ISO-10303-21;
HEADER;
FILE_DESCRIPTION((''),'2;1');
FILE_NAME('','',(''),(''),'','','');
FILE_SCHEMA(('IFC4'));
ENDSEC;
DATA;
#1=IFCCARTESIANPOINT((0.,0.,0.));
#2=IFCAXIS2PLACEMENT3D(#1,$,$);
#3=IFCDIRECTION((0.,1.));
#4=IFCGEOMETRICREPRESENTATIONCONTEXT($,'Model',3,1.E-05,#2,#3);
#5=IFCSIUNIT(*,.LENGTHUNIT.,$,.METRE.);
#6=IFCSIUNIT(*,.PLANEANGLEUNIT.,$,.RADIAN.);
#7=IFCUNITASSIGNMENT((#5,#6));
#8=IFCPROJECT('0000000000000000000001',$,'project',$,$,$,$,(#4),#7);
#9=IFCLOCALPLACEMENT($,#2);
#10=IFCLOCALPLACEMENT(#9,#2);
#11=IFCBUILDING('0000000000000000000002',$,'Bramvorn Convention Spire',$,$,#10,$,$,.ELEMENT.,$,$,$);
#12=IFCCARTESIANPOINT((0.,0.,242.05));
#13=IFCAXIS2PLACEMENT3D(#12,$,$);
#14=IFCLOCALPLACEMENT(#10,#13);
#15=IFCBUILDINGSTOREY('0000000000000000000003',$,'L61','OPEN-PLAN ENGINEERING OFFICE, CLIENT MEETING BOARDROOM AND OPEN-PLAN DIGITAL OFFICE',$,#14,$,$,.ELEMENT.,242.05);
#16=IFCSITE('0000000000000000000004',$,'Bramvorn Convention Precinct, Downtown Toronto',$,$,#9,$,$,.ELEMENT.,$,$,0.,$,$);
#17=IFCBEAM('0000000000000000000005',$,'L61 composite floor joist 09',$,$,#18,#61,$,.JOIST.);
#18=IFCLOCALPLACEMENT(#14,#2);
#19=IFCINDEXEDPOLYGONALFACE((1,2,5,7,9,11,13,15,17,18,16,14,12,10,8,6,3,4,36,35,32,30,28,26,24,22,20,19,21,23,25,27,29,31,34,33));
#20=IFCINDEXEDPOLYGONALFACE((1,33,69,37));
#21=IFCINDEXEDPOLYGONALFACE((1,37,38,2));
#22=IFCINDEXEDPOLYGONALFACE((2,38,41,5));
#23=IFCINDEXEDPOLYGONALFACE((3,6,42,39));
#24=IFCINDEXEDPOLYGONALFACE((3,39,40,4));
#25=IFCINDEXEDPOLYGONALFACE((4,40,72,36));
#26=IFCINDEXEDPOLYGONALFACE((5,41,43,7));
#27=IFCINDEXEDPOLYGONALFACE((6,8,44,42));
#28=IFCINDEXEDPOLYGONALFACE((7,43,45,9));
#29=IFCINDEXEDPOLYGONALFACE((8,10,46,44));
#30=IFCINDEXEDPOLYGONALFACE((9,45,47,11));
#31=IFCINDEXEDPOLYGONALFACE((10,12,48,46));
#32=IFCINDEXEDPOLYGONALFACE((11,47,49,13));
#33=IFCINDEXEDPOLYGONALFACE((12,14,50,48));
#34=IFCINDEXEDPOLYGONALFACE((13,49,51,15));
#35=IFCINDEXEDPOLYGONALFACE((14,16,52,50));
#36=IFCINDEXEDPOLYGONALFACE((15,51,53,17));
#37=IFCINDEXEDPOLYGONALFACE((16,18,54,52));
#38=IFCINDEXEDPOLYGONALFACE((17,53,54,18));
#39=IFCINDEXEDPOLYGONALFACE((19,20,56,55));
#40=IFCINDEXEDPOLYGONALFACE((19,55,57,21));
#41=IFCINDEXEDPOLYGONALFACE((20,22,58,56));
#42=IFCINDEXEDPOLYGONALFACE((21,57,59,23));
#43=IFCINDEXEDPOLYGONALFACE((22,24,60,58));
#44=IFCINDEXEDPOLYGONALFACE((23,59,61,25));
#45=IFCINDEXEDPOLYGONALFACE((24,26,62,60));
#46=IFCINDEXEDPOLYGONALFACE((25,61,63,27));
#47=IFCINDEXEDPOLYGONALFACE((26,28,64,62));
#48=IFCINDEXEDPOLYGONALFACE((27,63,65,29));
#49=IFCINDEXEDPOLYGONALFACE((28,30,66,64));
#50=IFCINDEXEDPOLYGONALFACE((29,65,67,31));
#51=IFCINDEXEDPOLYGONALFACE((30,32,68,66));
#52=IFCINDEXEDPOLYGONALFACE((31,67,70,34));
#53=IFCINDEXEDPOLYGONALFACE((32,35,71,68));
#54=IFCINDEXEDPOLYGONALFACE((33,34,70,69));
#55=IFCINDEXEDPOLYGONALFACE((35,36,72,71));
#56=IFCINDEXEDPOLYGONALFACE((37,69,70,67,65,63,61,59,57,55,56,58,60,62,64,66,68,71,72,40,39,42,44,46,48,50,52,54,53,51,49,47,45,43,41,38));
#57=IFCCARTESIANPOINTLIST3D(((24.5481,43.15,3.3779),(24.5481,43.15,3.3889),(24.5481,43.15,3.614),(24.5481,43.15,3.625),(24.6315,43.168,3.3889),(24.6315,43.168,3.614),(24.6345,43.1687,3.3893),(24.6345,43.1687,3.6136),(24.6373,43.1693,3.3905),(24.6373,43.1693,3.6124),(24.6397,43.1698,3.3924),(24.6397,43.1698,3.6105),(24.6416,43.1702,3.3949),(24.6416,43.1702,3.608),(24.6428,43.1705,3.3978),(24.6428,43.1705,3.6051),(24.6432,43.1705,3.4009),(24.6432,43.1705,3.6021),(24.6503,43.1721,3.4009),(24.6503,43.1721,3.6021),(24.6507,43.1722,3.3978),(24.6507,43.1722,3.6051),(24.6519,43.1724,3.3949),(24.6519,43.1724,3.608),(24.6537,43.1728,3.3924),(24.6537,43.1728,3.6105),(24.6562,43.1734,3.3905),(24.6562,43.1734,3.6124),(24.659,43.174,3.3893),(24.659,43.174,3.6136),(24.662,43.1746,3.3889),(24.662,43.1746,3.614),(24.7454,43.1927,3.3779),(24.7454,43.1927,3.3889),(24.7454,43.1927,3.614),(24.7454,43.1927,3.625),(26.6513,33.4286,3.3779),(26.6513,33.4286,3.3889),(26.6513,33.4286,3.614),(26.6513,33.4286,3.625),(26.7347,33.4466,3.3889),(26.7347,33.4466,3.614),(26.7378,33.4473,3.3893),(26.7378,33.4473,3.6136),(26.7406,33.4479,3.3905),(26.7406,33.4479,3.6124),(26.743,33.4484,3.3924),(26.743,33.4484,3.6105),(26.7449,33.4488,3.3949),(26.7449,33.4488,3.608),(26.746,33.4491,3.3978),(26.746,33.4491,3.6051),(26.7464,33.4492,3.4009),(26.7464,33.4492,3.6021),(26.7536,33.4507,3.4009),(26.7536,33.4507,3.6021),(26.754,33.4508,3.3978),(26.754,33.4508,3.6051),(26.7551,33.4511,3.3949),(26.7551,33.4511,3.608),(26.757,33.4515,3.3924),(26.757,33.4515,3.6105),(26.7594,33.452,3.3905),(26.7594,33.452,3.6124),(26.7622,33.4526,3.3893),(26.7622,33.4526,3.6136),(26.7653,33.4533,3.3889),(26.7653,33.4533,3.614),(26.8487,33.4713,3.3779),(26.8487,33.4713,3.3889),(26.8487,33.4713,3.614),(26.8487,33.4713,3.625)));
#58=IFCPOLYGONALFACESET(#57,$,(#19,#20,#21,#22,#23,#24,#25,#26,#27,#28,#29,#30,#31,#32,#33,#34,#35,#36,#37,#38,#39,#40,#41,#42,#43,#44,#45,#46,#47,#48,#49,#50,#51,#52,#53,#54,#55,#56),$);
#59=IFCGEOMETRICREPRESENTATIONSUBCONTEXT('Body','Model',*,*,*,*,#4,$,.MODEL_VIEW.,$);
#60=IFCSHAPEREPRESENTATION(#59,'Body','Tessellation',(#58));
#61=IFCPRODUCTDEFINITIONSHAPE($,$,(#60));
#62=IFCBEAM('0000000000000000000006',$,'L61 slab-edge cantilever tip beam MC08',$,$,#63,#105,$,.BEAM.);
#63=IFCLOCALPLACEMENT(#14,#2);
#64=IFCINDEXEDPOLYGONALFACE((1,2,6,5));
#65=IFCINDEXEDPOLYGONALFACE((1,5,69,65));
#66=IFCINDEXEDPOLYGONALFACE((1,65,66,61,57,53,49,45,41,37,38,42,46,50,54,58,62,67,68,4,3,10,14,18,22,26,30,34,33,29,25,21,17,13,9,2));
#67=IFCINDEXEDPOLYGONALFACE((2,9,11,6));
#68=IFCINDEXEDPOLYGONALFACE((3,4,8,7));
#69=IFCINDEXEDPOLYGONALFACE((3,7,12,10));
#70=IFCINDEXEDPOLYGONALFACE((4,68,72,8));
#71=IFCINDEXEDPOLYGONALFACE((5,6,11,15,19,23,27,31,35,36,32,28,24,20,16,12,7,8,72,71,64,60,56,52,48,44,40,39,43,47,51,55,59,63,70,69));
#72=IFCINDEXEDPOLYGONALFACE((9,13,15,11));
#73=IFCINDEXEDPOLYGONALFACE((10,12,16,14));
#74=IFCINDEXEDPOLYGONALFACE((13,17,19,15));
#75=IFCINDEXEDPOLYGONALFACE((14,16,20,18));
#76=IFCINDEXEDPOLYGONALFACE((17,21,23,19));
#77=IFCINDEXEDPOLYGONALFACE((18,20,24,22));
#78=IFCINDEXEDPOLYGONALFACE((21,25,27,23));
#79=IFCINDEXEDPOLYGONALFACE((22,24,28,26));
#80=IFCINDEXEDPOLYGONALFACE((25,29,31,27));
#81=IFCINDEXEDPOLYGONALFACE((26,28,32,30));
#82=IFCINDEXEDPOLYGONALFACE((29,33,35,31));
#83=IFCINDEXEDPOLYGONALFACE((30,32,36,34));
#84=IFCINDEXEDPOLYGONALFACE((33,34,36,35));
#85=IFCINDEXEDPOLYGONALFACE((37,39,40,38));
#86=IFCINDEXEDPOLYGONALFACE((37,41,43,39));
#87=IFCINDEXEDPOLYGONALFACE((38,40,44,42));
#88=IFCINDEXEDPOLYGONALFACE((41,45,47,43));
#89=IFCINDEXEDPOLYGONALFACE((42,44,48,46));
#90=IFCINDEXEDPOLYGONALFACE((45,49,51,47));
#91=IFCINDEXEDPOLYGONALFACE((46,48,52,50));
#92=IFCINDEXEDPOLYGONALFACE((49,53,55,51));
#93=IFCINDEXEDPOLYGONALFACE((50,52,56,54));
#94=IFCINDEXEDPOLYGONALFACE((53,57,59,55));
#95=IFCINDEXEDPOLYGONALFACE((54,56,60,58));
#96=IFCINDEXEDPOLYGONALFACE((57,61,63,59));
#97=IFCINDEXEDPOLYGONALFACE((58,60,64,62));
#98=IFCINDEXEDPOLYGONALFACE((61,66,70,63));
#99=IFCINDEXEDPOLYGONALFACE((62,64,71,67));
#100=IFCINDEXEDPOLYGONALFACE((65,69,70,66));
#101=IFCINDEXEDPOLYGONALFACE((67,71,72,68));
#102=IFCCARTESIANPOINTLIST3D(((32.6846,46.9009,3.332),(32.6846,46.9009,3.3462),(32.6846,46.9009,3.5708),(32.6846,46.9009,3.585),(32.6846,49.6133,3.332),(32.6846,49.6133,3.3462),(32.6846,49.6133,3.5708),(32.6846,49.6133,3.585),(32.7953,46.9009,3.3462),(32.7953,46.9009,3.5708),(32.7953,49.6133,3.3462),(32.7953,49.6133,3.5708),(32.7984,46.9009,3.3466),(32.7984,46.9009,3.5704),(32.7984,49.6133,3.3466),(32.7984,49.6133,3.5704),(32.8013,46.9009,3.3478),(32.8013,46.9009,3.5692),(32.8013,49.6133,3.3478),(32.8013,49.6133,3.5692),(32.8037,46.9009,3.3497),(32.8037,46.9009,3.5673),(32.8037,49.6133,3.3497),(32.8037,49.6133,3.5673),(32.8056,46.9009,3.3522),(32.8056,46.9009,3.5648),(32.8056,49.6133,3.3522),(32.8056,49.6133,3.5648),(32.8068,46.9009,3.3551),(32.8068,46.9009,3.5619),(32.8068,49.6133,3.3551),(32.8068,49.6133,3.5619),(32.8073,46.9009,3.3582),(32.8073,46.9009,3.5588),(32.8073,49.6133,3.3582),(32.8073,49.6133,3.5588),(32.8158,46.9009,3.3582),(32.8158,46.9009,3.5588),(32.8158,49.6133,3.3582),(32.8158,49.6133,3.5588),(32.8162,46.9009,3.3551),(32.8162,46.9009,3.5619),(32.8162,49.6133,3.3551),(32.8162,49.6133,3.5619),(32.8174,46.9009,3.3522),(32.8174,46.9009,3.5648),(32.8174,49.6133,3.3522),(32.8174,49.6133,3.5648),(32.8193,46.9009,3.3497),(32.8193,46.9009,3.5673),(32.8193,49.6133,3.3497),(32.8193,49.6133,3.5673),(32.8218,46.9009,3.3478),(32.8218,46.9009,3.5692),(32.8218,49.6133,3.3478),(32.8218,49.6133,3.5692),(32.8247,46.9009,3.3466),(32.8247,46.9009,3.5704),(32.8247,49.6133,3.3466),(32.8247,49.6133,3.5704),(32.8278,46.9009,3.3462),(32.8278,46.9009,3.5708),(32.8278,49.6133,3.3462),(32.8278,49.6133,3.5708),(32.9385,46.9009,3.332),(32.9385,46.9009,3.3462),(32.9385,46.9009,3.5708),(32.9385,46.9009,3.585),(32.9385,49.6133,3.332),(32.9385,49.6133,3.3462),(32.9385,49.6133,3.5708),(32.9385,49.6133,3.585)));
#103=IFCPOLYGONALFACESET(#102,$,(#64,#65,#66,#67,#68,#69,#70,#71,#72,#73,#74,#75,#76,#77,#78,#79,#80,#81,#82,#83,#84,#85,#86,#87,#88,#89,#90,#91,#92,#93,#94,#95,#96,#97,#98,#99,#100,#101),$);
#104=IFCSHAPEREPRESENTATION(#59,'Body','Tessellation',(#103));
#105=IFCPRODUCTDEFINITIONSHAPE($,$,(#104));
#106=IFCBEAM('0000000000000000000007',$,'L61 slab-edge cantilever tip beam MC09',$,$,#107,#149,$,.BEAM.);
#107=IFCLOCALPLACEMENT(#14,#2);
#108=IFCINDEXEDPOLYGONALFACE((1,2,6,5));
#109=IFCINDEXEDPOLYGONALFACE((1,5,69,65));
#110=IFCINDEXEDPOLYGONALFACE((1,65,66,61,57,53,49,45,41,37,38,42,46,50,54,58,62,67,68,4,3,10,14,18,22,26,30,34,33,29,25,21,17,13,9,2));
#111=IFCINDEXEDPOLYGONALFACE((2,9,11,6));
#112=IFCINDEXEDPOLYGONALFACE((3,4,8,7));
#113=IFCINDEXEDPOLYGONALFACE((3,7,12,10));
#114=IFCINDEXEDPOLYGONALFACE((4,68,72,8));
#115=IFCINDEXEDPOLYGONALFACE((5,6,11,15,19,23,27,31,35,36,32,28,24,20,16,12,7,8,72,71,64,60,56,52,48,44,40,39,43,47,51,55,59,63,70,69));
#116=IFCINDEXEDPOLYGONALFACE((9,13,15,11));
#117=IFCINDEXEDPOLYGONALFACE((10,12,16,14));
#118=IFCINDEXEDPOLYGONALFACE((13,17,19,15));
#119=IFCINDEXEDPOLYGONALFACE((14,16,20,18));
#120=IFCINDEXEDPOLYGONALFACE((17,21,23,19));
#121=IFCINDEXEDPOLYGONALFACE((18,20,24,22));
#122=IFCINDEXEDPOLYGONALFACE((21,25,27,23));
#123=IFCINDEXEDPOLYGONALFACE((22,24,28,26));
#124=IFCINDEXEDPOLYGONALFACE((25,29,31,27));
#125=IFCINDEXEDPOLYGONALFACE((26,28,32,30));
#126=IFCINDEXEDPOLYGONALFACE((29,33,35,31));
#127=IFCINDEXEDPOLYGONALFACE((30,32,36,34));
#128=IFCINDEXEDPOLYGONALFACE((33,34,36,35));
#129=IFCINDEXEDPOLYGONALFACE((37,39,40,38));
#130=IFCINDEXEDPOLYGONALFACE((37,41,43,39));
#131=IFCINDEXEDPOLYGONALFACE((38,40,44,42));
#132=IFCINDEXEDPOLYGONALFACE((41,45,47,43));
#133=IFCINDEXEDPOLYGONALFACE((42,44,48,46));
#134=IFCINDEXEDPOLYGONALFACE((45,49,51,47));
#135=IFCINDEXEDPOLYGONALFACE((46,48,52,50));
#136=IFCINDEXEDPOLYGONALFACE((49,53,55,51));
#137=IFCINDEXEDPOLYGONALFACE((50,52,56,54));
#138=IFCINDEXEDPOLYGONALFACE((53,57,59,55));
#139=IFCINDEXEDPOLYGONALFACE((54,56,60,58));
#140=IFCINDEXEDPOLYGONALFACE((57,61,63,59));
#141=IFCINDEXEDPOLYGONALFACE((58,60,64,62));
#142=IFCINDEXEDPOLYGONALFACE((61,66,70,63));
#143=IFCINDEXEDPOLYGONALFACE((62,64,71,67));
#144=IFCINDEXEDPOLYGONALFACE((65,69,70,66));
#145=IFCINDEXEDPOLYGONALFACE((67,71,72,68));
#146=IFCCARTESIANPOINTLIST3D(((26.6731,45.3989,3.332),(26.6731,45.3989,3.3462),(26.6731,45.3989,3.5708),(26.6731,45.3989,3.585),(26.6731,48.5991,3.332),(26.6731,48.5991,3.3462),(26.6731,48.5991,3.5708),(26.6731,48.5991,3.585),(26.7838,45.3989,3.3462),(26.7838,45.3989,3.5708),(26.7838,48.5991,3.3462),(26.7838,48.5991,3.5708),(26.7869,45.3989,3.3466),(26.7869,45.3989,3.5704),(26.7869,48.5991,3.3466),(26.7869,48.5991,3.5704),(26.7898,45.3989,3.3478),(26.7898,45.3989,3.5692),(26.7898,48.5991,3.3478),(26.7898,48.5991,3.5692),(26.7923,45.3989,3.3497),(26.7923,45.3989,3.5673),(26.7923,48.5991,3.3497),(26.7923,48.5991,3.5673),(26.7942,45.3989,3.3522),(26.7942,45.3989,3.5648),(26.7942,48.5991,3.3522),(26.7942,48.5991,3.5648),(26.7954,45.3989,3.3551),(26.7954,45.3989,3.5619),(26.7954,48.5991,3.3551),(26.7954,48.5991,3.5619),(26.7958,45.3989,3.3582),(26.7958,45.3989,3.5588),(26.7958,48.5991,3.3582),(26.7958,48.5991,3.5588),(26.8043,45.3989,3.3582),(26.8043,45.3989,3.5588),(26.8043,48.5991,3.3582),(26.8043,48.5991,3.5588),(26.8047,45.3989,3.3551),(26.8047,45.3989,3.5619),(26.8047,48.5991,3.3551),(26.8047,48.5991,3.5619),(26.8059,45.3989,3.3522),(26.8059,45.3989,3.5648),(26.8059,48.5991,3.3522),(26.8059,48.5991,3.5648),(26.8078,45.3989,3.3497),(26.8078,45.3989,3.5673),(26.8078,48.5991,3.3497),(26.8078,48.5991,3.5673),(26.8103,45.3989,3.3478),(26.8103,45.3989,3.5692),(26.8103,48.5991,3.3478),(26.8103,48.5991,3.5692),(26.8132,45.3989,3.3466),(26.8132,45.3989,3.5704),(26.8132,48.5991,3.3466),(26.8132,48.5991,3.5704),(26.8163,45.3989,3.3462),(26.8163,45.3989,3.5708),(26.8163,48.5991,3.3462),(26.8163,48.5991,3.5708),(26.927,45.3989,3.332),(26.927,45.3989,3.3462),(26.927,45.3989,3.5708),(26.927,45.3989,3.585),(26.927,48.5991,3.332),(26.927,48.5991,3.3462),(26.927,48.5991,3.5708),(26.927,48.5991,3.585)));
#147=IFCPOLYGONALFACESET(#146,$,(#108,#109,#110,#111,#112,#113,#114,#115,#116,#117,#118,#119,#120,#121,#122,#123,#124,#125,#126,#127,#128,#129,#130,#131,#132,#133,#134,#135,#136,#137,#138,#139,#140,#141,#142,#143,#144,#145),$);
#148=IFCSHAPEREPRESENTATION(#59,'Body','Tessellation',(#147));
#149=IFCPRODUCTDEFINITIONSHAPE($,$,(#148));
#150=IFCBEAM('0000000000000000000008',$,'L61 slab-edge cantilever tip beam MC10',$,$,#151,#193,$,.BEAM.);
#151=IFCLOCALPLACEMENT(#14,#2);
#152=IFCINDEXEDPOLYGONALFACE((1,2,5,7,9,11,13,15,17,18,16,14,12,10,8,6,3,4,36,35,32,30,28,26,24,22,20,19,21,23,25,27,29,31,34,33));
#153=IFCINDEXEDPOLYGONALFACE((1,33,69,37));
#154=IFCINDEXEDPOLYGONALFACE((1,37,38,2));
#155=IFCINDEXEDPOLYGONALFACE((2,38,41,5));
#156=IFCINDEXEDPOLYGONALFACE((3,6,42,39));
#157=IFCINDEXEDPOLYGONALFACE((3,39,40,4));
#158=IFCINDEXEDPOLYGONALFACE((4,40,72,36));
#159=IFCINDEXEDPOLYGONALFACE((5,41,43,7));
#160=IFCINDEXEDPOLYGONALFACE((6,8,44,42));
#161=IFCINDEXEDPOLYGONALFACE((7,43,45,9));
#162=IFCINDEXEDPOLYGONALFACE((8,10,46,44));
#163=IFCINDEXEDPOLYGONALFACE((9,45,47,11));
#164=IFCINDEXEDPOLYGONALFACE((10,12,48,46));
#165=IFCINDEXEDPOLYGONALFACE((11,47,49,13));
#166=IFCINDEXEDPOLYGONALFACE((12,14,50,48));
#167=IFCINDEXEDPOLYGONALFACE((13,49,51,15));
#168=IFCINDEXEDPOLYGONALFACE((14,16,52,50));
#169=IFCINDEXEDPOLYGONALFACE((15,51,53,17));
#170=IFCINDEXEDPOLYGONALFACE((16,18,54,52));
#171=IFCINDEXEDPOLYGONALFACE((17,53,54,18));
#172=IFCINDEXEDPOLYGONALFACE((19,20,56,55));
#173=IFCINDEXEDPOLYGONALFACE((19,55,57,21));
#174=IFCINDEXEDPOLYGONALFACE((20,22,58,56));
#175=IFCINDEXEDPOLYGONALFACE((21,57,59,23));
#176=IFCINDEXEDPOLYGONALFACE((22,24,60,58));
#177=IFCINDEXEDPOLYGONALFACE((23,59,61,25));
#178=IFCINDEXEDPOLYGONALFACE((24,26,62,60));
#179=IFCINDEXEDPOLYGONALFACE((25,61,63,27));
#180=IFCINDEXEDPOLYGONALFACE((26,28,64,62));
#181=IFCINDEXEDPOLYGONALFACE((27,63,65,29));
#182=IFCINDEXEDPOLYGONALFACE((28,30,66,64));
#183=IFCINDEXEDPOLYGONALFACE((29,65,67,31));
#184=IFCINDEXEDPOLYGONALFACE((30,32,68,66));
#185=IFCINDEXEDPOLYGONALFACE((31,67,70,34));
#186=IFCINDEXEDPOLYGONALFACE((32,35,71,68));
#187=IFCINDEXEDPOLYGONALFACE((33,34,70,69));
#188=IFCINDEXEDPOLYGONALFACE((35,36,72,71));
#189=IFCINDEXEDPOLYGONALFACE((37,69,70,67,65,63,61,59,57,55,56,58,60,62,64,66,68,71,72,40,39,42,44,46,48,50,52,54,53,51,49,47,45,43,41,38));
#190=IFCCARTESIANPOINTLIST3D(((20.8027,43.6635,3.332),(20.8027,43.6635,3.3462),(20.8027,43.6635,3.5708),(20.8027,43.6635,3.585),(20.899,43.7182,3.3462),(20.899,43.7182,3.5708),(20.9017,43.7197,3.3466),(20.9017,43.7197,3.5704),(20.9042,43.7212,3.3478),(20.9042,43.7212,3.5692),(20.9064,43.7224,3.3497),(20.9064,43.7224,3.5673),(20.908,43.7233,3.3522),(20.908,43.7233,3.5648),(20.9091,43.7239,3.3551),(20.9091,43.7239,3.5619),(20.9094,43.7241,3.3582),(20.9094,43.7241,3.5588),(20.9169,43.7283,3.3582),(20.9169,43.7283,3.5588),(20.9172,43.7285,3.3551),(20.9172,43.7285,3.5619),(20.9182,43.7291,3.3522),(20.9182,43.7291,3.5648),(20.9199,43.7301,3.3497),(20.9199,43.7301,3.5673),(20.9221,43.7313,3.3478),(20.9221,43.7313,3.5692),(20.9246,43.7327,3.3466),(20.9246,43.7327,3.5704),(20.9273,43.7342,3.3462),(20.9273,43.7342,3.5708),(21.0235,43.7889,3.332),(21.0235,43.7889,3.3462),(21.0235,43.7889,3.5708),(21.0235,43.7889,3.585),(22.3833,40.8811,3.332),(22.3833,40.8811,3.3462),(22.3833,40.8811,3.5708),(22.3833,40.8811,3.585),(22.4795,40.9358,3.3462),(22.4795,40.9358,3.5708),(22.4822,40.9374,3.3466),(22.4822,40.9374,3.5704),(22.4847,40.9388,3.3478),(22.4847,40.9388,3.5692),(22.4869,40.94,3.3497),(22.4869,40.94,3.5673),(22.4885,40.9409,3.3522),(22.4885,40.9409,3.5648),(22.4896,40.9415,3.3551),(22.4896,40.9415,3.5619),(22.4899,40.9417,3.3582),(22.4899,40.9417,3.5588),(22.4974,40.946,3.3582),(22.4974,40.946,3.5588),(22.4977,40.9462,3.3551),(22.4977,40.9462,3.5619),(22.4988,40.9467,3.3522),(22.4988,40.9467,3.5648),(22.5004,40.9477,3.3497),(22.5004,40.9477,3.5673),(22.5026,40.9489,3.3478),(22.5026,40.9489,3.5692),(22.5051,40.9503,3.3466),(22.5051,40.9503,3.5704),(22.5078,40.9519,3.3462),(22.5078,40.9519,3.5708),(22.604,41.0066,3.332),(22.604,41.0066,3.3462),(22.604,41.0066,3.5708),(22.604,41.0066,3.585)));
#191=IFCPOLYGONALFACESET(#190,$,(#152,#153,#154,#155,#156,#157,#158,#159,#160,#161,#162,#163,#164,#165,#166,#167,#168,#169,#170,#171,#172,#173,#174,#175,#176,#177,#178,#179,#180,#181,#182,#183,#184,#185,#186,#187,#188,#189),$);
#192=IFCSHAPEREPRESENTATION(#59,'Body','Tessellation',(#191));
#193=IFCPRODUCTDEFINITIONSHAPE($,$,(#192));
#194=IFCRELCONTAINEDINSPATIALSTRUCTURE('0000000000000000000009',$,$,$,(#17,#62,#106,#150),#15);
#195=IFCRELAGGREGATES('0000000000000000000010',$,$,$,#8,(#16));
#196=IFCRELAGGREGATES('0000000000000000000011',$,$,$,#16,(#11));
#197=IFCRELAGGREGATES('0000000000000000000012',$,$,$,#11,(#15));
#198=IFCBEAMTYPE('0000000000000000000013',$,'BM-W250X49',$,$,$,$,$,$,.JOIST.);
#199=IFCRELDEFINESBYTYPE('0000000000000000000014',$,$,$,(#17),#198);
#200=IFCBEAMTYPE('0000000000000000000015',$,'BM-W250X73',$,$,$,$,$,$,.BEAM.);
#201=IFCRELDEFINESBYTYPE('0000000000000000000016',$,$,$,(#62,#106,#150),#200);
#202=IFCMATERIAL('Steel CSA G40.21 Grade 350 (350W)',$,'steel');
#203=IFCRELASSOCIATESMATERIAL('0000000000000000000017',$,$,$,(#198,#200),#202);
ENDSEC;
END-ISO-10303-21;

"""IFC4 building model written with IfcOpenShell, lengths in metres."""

from ifc_helpers import new_model, si_unit, direction, frame, origin, origin_2d, place, context, subcontext, project, spatial, i_section, extrude, material, material_profile, profile_set, type_object, element, save


model = new_model("IFC4")

# Units and contexts
model_context = context("Model", 3, precision=1e-05, world=origin(), true_north=direction((0.0, 1.0)))
body_context = subcontext(model_context, "Body", "Model", "MODEL_VIEW")
ifc_project = project(units=[si_unit("LENGTHUNIT", "METRE"), si_unit("PLANEANGLEUNIT", "RADIAN")], contexts=[model_context])

# Site, building, storey
site_placement = place(None, origin())
site = spatial("IfcSite", under=ifc_project, at=site_placement, Name="Bramvorn Convention Precinct, Downtown Toronto", CompositionType="ELEMENT", RefElevation=0.0)
building_placement = place(site_placement, origin())
building = spatial("IfcBuilding", under=site, at=building_placement, Name="Bramvorn Convention Spire", CompositionType="ELEMENT")
storey_placement = place(building_placement, frame((0.0, 0.0, 242.05)))
storey = spatial("IfcBuildingStorey", under=building, at=storey_placement, Name="L61", Description="OPEN-PLAN ENGINEERING OFFICE, CLIENT MEETING BOARDROOM AND OPEN-PLAN DIGITAL OFFICE", CompositionType="ELEMENT", Elevation=242.05)

# Shared definitions
ifc_material_1 = material(Name="Steel CSA G40.21 Grade 350 (350W)", Category="steel")

# Beams
ifc_material_profile_1 = material_profile(ifc_material_1, i_section(OverallWidth=0.2019, OverallDepth=0.2471, WebThickness=0.0073, FlangeThickness=0.011, FilletRadius=0.012, at=origin_2d()))
ifc_profile_set_1 = profile_set([ifc_material_profile_1], Name="Steel CSA G40.21 Grade 350 (350W) - W250X49")
beam_type_1 = type_object("IfcBeamType", Name="BM-W250X49", PredefinedType="JOIST", material=ifc_profile_set_1)
beam_1_placement = place(storey_placement, frame((26.75, 33.45, 3.5015), z_axis=(-0.211461, 0.977386, 0.0), x_axis=(-0.977386, -0.211461, 0.0)))
element("IfcBeam", 1, at=beam_1_placement, inside=storey, type_object=beam_type_1, Name="L61 composite floor joist 09", PredefinedType="JOIST", context=body_context, shape_type="SweptSolid", body=[
    extrude(i_section(OverallWidth=0.2019, OverallDepth=0.2471, WebThickness=0.0073, FlangeThickness=0.011, FilletRadius=0.012, at=origin_2d()), origin(), (0.0, 0.0, 1.0), 9.9463),
])
ifc_material_profile_2 = material_profile(ifc_material_1, i_section(OverallWidth=0.2539, OverallDepth=0.2529, WebThickness=0.0085, FlangeThickness=0.0142, FilletRadius=0.012, at=origin_2d()))
ifc_profile_set_2 = profile_set([ifc_material_profile_2], Name="Steel CSA G40.21 Grade 350 (350W) - W250X73")
beam_type_2 = type_object("IfcBeamType", Name="BM-W250X73", PredefinedType="BEAM", material=ifc_profile_set_2)
beam_2_placement = place(storey_placement, frame((32.8115, 46.9009, 3.4585), z_axis=(0.0, 1.0, 0.0), x_axis=(-1.0, 0.0, 0.0)))
element("IfcBeam", 2, at=beam_2_placement, inside=storey, type_object=beam_type_2, Name="L61 slab-edge cantilever tip beam MC08", PredefinedType="BEAM", context=body_context, shape_type="SweptSolid", body=[
    extrude(i_section(OverallWidth=0.2539, OverallDepth=0.2529, WebThickness=0.0085, FlangeThickness=0.0142, FilletRadius=0.012, at=origin_2d()), origin(), (0.0, 0.0, 1.0), 2.7124),
])
beam_3_placement = place(storey_placement, frame((26.8, 45.3989, 3.4585), z_axis=(0.0, 1.0, 0.0), x_axis=(-1.0, 0.0, 0.0)))
element("IfcBeam", 3, at=beam_3_placement, inside=storey, type_object=beam_type_2, Name="L61 slab-edge cantilever tip beam MC09", PredefinedType="BEAM", context=body_context, shape_type="SweptSolid", body=[
    extrude(i_section(OverallWidth=0.2539, OverallDepth=0.2529, WebThickness=0.0085, FlangeThickness=0.0142, FilletRadius=0.012, at=origin_2d()), origin(), (0.0, 0.0, 1.0), 3.2002),
])
beam_4_placement = place(storey_placement, frame((22.4937, 40.9438, 3.4585), z_axis=(-0.493919, 0.869508, 0.0), x_axis=(-0.869508, -0.493919, 0.0)))
element("IfcBeam", 4, at=beam_4_placement, inside=storey, type_object=beam_type_2, Name="L61 slab-edge cantilever tip beam MC10", PredefinedType="BEAM", context=body_context, shape_type="SweptSolid", body=[
    extrude(i_section(OverallWidth=0.2539, OverallDepth=0.2529, WebThickness=0.0085, FlangeThickness=0.0142, FilletRadius=0.012, at=origin_2d()), origin(), (0.0, 0.0, 1.0), 3.2),
])

save(model, "model.ifc")
